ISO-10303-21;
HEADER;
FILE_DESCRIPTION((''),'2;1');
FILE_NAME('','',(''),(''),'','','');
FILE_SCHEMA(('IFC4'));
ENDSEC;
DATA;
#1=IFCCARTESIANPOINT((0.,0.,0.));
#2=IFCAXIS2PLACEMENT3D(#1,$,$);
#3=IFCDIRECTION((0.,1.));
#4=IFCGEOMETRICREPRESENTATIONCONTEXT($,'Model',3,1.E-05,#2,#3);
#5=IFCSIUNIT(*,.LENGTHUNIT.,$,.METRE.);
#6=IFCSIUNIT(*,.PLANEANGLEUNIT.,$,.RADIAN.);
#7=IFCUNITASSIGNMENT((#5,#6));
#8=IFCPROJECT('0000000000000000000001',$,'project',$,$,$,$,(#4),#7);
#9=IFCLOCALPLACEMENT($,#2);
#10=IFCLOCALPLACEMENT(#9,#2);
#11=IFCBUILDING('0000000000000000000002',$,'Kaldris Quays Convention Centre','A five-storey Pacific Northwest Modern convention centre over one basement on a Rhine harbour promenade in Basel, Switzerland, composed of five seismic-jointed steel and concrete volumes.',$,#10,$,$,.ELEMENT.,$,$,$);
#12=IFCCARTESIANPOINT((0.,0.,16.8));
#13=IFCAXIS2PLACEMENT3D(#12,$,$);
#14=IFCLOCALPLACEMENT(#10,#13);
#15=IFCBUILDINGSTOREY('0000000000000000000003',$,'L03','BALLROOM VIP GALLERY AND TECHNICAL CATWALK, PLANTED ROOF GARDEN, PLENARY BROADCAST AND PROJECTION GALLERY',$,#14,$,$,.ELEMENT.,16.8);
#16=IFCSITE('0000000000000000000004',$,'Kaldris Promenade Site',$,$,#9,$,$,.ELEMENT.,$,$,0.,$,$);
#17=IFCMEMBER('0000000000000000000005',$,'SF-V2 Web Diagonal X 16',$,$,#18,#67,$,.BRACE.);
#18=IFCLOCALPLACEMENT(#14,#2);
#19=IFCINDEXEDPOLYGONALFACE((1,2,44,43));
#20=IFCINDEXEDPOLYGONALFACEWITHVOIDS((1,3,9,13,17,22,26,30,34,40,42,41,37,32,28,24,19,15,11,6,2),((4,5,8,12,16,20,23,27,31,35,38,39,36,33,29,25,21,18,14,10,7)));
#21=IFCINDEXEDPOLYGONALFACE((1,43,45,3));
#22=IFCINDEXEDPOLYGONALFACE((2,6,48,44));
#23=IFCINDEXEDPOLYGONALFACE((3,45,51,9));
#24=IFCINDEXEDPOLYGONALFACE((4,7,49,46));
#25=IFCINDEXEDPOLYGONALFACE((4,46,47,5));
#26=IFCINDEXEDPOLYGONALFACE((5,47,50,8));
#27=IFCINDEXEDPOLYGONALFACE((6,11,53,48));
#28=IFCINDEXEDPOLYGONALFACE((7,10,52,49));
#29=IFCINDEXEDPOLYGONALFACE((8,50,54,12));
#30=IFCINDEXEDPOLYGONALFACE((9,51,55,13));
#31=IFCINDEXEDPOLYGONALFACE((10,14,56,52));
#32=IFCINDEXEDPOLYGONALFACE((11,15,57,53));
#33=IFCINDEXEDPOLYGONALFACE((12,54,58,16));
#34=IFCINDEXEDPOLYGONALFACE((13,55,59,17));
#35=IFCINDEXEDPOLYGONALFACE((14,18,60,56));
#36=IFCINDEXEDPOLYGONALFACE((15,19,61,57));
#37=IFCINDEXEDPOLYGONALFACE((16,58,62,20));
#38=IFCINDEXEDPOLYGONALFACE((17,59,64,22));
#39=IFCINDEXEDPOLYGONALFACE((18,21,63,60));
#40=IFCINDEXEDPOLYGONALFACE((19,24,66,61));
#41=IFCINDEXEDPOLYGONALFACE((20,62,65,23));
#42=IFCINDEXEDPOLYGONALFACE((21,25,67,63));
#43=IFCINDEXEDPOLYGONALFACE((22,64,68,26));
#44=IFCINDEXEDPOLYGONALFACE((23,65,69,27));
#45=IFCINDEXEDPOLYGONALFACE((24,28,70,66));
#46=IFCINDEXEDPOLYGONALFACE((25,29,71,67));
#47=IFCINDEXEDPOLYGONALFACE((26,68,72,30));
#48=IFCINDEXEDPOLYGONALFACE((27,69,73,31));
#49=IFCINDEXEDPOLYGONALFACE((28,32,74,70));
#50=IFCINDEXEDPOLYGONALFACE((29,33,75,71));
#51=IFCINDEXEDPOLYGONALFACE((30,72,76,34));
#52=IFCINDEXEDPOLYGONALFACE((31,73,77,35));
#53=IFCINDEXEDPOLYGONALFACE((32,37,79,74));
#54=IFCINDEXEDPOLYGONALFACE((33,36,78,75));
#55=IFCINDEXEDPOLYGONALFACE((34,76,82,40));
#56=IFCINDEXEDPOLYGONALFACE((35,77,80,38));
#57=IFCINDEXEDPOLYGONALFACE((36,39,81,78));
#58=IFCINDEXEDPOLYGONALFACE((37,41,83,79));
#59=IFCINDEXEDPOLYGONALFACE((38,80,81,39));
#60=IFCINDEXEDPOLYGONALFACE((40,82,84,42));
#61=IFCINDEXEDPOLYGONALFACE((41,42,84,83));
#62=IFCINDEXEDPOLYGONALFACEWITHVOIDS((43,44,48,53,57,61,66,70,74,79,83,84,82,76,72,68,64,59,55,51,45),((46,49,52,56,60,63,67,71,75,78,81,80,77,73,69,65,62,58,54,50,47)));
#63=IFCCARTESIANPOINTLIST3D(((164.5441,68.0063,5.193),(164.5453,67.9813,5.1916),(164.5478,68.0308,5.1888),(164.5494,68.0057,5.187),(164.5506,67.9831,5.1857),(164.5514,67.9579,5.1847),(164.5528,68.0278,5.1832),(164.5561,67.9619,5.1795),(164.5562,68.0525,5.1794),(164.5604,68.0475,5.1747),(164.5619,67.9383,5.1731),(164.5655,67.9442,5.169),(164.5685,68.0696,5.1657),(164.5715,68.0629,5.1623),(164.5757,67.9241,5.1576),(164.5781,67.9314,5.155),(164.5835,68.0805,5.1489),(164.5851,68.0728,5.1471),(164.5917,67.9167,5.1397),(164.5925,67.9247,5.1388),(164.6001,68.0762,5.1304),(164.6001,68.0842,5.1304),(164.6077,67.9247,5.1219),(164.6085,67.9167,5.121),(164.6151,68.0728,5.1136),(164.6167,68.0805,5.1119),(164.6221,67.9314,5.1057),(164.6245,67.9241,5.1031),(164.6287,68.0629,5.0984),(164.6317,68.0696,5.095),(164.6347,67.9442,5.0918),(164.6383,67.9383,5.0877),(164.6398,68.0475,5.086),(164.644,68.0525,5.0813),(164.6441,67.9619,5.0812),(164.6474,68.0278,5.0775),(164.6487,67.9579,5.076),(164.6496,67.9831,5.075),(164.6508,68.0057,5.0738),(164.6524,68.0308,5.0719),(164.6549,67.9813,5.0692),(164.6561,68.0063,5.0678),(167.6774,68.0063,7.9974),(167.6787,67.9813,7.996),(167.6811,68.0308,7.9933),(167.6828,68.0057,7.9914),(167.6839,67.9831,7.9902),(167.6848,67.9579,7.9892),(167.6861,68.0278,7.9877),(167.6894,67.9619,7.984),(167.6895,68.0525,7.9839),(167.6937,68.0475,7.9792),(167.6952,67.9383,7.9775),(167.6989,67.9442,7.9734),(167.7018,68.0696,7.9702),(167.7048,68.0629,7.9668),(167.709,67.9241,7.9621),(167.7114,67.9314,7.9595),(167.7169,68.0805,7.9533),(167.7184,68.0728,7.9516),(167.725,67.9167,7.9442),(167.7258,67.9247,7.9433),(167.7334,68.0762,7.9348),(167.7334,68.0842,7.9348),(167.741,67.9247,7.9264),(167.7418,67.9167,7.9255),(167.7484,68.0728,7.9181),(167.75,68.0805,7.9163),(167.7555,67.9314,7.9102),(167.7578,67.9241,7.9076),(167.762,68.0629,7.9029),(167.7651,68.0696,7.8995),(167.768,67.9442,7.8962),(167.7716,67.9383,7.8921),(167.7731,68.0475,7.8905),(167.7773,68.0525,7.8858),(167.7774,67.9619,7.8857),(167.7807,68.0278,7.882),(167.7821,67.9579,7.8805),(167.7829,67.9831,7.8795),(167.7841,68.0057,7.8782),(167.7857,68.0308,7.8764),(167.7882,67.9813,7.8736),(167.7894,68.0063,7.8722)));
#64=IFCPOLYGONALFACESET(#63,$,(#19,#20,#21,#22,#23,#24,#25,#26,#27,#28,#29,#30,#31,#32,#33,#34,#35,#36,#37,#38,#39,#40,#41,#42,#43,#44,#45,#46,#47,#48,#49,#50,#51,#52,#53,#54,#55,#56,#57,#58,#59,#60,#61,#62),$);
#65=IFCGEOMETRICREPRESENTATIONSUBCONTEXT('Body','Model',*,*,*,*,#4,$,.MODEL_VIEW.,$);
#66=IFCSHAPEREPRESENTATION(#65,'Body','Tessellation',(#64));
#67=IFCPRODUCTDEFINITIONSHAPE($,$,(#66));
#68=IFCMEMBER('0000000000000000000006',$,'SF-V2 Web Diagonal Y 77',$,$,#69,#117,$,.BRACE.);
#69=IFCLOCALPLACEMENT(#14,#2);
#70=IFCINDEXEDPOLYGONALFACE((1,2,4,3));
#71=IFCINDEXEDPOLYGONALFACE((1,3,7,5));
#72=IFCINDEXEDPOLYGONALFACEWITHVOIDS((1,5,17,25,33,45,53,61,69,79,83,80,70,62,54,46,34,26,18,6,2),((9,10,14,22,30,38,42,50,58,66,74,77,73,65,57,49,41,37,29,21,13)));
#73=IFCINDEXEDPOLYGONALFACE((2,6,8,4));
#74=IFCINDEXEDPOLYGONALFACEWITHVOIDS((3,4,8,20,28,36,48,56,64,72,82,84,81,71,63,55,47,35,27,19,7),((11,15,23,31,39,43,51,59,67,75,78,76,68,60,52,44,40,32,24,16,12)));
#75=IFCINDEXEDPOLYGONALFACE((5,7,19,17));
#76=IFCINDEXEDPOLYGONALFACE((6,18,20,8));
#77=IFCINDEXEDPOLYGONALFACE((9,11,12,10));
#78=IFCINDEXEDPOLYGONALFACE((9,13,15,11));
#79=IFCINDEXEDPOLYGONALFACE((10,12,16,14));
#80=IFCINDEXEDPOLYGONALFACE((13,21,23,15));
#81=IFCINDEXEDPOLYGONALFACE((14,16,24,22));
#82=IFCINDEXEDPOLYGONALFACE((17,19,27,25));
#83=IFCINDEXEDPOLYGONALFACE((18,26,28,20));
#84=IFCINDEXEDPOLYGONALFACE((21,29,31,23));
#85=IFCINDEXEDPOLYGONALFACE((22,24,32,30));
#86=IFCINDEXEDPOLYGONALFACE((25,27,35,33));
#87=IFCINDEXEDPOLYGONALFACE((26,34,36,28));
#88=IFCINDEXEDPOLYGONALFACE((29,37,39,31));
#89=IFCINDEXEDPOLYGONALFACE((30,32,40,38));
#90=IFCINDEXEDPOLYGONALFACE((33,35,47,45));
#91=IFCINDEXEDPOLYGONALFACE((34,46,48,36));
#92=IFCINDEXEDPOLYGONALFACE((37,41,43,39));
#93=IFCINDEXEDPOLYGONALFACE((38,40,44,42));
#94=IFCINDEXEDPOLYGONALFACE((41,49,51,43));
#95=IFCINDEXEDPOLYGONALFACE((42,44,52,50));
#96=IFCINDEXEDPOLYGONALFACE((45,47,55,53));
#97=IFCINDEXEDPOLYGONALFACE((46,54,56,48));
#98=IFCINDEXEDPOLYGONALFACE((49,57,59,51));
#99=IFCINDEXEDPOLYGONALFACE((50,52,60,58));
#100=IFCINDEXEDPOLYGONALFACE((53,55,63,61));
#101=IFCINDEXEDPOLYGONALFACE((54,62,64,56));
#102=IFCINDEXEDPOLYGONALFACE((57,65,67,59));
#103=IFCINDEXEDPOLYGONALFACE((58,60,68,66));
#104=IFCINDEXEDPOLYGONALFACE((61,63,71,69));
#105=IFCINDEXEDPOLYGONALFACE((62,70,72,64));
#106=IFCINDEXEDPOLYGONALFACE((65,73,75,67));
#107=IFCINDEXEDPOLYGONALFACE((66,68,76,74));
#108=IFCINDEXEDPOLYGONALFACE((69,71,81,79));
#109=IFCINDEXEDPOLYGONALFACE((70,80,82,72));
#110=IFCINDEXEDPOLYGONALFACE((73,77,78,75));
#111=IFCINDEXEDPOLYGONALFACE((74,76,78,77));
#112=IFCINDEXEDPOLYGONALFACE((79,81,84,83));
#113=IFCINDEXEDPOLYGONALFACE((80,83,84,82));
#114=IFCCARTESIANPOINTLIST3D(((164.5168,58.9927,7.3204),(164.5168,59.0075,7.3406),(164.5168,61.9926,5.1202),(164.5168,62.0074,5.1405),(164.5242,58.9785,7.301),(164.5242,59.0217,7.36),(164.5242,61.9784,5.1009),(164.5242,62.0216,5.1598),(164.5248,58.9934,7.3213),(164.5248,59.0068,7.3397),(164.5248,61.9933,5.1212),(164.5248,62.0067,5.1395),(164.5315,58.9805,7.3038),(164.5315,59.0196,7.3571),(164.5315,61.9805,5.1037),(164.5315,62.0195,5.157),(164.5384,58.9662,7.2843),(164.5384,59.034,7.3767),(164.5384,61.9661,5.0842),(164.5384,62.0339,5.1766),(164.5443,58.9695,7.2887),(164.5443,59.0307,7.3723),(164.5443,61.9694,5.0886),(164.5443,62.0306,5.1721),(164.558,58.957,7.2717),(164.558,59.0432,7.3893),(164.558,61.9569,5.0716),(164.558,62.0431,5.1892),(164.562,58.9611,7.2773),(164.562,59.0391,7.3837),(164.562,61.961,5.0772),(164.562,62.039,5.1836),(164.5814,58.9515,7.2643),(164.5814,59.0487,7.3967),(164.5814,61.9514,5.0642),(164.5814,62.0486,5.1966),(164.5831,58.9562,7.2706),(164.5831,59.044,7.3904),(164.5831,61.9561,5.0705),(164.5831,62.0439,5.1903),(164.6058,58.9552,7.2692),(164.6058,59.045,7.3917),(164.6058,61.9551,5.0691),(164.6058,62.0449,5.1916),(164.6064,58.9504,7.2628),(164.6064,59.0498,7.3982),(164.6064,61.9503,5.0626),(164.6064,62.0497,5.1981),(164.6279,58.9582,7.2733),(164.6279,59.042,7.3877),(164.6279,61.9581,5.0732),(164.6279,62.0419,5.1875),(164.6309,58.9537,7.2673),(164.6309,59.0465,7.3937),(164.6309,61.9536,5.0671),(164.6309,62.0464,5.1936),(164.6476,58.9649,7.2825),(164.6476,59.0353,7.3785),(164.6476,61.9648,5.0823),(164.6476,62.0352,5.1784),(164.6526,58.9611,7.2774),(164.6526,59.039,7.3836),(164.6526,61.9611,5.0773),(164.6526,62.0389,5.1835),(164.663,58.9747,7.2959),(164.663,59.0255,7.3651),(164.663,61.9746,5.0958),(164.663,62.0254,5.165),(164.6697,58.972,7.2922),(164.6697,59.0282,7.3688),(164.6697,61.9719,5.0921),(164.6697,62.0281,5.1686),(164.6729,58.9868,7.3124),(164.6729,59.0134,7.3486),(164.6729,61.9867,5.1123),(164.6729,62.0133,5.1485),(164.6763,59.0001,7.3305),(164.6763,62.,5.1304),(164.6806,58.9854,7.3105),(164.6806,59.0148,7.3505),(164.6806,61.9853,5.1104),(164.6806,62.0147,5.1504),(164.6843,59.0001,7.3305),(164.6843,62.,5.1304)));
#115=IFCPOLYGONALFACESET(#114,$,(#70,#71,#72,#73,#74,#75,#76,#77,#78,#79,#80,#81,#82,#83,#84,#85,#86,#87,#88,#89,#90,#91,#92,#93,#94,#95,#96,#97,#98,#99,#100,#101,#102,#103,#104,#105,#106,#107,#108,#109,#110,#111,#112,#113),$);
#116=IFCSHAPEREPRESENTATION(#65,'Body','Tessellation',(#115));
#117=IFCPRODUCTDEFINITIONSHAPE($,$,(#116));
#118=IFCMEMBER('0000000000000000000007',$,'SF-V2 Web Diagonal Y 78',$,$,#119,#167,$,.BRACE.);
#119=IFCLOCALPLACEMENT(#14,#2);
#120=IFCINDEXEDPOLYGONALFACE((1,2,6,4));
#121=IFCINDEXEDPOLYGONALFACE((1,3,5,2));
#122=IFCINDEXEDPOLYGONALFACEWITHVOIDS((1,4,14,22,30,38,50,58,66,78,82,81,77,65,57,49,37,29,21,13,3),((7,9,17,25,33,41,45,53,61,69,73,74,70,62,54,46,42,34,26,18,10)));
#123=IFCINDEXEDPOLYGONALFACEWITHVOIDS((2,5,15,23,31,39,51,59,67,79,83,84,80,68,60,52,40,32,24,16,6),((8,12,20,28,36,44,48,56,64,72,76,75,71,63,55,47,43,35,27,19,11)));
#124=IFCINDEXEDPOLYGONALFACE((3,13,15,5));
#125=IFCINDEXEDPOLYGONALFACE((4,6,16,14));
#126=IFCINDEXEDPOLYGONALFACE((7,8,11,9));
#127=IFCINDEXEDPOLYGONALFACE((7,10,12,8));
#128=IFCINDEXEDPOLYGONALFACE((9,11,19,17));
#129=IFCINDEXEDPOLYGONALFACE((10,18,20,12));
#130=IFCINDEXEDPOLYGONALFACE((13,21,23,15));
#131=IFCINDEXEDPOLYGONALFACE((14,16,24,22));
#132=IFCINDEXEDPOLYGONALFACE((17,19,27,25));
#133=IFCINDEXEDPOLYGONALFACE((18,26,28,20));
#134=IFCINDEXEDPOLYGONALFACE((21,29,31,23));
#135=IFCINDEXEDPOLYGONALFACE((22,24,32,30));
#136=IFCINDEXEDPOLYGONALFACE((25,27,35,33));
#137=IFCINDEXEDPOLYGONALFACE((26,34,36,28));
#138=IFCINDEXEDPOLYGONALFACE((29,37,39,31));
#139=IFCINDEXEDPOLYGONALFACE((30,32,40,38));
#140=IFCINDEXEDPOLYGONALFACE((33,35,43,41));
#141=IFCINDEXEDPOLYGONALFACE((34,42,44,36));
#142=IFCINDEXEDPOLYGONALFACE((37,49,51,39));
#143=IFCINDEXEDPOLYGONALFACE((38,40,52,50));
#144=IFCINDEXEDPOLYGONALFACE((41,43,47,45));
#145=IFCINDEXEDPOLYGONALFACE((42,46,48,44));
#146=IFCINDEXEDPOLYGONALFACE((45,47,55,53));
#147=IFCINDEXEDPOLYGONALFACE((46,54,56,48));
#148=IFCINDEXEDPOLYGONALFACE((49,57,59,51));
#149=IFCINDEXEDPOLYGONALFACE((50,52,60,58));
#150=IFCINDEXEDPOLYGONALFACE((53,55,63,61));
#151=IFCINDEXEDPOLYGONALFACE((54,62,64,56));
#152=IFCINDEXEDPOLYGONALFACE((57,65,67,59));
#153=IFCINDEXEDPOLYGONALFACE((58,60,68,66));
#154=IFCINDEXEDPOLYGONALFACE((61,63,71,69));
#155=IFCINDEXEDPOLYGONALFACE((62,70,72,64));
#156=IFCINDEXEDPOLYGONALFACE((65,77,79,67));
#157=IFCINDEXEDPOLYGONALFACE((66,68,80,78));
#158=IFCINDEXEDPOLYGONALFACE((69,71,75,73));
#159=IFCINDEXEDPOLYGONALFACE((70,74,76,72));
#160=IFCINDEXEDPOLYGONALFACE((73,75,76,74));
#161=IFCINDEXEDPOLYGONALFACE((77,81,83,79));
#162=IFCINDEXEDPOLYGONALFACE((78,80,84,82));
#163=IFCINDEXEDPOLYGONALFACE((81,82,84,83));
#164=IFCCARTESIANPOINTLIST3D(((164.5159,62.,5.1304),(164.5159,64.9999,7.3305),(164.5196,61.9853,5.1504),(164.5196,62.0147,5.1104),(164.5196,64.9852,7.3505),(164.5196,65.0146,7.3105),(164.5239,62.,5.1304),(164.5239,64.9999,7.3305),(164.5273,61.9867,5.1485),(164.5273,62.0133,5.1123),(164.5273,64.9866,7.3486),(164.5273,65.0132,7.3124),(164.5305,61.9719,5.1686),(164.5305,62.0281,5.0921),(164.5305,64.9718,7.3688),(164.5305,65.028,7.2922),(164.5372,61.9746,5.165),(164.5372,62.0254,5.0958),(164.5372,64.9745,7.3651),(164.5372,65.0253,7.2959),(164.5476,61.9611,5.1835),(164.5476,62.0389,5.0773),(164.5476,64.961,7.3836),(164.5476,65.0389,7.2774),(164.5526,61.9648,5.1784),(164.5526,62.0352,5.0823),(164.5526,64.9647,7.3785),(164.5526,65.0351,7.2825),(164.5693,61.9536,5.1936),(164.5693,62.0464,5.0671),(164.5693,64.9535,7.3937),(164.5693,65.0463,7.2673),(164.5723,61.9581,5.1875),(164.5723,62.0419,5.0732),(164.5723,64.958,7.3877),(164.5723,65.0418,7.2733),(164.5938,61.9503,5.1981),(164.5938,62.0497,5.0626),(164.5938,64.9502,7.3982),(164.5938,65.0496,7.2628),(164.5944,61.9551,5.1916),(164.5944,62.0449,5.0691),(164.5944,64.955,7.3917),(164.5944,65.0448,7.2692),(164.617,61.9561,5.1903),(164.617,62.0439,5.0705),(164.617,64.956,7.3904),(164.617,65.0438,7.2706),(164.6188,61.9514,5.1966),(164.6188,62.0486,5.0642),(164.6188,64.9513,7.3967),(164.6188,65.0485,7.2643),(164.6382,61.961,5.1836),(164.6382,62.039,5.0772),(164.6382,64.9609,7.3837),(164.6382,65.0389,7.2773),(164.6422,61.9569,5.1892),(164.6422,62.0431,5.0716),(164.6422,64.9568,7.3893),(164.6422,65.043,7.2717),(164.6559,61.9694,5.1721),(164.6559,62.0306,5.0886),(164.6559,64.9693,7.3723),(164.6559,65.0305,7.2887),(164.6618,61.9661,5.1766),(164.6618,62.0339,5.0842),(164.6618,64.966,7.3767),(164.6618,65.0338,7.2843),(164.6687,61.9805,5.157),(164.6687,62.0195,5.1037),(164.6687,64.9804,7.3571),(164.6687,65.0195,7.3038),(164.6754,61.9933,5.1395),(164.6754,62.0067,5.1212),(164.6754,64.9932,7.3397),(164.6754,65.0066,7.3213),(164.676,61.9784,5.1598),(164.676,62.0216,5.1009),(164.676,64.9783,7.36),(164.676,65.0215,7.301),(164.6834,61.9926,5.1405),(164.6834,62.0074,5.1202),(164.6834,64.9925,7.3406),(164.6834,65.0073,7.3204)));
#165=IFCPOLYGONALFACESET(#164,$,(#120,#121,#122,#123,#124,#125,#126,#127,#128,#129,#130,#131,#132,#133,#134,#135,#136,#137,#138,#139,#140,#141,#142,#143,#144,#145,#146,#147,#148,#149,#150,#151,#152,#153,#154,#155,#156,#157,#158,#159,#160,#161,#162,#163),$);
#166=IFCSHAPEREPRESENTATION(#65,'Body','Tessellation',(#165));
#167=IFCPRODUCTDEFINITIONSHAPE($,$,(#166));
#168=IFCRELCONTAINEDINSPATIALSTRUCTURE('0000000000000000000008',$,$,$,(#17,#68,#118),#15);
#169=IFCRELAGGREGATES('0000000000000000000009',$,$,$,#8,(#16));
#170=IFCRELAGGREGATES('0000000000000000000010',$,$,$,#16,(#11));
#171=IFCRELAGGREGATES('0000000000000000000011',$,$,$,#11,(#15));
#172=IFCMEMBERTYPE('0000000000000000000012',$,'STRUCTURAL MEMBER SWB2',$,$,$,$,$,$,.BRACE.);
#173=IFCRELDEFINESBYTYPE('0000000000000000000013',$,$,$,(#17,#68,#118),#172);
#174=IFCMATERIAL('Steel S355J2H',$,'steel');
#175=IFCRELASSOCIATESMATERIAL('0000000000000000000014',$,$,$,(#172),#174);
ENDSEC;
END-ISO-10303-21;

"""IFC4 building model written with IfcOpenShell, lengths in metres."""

from ifc_helpers import new_model, si_unit, direction, frame, origin, origin_2d, place, context, subcontext, project, spatial, hollow_circle, extrude, material, material_profile, profile_set, type_object, element, save


model = new_model("IFC4")

# Units and contexts
model_context = context("Model", 3, precision=1e-05, world=origin(), true_north=direction((0.0, 1.0)))
body_context = subcontext(model_context, "Body", "Model", "MODEL_VIEW")
ifc_project = project(units=[si_unit("LENGTHUNIT", "METRE"), si_unit("PLANEANGLEUNIT", "RADIAN")], contexts=[model_context])

# Site, building, storey
site_placement = place(None, origin())
site = spatial("IfcSite", under=ifc_project, at=site_placement, Name="Kaldris Promenade Site", CompositionType="ELEMENT", RefElevation=0.0)
building_placement = place(site_placement, origin())
building = spatial("IfcBuilding", under=site, at=building_placement, Name="Kaldris Quays Convention Centre", Description="A five-storey Pacific Northwest Modern convention centre over one basement on a Rhine harbour promenade in Basel, Switzerland, composed of five seismic-jointed steel and concrete volumes.", CompositionType="ELEMENT")
storey_placement = place(building_placement, frame((0.0, 0.0, 16.8)))
storey = spatial("IfcBuildingStorey", under=building, at=storey_placement, Name="L03", Description="BALLROOM VIP GALLERY AND TECHNICAL CATWALK, PLANTED ROOF GARDEN, PLENARY BROADCAST AND PROJECTION GALLERY", CompositionType="ELEMENT", Elevation=16.8)

# Members
ifc_material_1 = material(Name="Steel S355J2H", Category="steel")
ifc_material_profile_1 = material_profile(ifc_material_1, hollow_circle(Radius=0.0842, WallThickness=0.0081, at=origin_2d()), Name="CHS 168.3x8")
ifc_profile_set_1 = profile_set([ifc_material_profile_1], Name="Steel S355J2H")
member_type_1 = type_object("IfcMemberType", Name="STRUCTURAL MEMBER SWB2", PredefinedType="BRACE", material=ifc_profile_set_1)
member_1_placement = place(storey_placement, frame((164.6001, 68.0, 5.1304), z_axis=(0.745127, 0.0, 0.666922), x_axis=(0.0, 1.0, 0.0)))
element("IfcMember", 1, at=member_1_placement, inside=storey, type_object=member_type_1, Name="SF-V2 Web Diagonal X 16", PredefinedType="BRACE", context=body_context, shape_type="SweptSolid", body=[
    extrude(hollow_circle(Radius=0.0842, WallThickness=0.0081, at=origin_2d()), origin(), (0.0, 0.0, 1.0), 4.2051),
])
for number, where, z_axis, x_axis, name in (
    (2, (164.6001, 62.0, 5.1304), (0.0, -0.80638, 0.591398), (1.0, 0.0, 0.0), "SF-V2 Web Diagonal Y 77"),
    (3, (164.6001, 62.0, 5.1304), (0.0, 0.80638, 0.591398), (-1.0, 0.0, 0.0), "SF-V2 Web Diagonal Y 78"),
):
    element("IfcMember", number, at=place(storey_placement, frame(where, z_axis=z_axis, x_axis=x_axis)), inside=storey, type_object=member_type_1, Name=name, PredefinedType="BRACE", context=body_context, shape_type="SweptSolid", body=[
        extrude(hollow_circle(Radius=0.0842, WallThickness=0.0081, at=origin_2d()), origin(), (0.0, 0.0, 1.0), 3.7202),
    ])

save(model, "model.ifc")
